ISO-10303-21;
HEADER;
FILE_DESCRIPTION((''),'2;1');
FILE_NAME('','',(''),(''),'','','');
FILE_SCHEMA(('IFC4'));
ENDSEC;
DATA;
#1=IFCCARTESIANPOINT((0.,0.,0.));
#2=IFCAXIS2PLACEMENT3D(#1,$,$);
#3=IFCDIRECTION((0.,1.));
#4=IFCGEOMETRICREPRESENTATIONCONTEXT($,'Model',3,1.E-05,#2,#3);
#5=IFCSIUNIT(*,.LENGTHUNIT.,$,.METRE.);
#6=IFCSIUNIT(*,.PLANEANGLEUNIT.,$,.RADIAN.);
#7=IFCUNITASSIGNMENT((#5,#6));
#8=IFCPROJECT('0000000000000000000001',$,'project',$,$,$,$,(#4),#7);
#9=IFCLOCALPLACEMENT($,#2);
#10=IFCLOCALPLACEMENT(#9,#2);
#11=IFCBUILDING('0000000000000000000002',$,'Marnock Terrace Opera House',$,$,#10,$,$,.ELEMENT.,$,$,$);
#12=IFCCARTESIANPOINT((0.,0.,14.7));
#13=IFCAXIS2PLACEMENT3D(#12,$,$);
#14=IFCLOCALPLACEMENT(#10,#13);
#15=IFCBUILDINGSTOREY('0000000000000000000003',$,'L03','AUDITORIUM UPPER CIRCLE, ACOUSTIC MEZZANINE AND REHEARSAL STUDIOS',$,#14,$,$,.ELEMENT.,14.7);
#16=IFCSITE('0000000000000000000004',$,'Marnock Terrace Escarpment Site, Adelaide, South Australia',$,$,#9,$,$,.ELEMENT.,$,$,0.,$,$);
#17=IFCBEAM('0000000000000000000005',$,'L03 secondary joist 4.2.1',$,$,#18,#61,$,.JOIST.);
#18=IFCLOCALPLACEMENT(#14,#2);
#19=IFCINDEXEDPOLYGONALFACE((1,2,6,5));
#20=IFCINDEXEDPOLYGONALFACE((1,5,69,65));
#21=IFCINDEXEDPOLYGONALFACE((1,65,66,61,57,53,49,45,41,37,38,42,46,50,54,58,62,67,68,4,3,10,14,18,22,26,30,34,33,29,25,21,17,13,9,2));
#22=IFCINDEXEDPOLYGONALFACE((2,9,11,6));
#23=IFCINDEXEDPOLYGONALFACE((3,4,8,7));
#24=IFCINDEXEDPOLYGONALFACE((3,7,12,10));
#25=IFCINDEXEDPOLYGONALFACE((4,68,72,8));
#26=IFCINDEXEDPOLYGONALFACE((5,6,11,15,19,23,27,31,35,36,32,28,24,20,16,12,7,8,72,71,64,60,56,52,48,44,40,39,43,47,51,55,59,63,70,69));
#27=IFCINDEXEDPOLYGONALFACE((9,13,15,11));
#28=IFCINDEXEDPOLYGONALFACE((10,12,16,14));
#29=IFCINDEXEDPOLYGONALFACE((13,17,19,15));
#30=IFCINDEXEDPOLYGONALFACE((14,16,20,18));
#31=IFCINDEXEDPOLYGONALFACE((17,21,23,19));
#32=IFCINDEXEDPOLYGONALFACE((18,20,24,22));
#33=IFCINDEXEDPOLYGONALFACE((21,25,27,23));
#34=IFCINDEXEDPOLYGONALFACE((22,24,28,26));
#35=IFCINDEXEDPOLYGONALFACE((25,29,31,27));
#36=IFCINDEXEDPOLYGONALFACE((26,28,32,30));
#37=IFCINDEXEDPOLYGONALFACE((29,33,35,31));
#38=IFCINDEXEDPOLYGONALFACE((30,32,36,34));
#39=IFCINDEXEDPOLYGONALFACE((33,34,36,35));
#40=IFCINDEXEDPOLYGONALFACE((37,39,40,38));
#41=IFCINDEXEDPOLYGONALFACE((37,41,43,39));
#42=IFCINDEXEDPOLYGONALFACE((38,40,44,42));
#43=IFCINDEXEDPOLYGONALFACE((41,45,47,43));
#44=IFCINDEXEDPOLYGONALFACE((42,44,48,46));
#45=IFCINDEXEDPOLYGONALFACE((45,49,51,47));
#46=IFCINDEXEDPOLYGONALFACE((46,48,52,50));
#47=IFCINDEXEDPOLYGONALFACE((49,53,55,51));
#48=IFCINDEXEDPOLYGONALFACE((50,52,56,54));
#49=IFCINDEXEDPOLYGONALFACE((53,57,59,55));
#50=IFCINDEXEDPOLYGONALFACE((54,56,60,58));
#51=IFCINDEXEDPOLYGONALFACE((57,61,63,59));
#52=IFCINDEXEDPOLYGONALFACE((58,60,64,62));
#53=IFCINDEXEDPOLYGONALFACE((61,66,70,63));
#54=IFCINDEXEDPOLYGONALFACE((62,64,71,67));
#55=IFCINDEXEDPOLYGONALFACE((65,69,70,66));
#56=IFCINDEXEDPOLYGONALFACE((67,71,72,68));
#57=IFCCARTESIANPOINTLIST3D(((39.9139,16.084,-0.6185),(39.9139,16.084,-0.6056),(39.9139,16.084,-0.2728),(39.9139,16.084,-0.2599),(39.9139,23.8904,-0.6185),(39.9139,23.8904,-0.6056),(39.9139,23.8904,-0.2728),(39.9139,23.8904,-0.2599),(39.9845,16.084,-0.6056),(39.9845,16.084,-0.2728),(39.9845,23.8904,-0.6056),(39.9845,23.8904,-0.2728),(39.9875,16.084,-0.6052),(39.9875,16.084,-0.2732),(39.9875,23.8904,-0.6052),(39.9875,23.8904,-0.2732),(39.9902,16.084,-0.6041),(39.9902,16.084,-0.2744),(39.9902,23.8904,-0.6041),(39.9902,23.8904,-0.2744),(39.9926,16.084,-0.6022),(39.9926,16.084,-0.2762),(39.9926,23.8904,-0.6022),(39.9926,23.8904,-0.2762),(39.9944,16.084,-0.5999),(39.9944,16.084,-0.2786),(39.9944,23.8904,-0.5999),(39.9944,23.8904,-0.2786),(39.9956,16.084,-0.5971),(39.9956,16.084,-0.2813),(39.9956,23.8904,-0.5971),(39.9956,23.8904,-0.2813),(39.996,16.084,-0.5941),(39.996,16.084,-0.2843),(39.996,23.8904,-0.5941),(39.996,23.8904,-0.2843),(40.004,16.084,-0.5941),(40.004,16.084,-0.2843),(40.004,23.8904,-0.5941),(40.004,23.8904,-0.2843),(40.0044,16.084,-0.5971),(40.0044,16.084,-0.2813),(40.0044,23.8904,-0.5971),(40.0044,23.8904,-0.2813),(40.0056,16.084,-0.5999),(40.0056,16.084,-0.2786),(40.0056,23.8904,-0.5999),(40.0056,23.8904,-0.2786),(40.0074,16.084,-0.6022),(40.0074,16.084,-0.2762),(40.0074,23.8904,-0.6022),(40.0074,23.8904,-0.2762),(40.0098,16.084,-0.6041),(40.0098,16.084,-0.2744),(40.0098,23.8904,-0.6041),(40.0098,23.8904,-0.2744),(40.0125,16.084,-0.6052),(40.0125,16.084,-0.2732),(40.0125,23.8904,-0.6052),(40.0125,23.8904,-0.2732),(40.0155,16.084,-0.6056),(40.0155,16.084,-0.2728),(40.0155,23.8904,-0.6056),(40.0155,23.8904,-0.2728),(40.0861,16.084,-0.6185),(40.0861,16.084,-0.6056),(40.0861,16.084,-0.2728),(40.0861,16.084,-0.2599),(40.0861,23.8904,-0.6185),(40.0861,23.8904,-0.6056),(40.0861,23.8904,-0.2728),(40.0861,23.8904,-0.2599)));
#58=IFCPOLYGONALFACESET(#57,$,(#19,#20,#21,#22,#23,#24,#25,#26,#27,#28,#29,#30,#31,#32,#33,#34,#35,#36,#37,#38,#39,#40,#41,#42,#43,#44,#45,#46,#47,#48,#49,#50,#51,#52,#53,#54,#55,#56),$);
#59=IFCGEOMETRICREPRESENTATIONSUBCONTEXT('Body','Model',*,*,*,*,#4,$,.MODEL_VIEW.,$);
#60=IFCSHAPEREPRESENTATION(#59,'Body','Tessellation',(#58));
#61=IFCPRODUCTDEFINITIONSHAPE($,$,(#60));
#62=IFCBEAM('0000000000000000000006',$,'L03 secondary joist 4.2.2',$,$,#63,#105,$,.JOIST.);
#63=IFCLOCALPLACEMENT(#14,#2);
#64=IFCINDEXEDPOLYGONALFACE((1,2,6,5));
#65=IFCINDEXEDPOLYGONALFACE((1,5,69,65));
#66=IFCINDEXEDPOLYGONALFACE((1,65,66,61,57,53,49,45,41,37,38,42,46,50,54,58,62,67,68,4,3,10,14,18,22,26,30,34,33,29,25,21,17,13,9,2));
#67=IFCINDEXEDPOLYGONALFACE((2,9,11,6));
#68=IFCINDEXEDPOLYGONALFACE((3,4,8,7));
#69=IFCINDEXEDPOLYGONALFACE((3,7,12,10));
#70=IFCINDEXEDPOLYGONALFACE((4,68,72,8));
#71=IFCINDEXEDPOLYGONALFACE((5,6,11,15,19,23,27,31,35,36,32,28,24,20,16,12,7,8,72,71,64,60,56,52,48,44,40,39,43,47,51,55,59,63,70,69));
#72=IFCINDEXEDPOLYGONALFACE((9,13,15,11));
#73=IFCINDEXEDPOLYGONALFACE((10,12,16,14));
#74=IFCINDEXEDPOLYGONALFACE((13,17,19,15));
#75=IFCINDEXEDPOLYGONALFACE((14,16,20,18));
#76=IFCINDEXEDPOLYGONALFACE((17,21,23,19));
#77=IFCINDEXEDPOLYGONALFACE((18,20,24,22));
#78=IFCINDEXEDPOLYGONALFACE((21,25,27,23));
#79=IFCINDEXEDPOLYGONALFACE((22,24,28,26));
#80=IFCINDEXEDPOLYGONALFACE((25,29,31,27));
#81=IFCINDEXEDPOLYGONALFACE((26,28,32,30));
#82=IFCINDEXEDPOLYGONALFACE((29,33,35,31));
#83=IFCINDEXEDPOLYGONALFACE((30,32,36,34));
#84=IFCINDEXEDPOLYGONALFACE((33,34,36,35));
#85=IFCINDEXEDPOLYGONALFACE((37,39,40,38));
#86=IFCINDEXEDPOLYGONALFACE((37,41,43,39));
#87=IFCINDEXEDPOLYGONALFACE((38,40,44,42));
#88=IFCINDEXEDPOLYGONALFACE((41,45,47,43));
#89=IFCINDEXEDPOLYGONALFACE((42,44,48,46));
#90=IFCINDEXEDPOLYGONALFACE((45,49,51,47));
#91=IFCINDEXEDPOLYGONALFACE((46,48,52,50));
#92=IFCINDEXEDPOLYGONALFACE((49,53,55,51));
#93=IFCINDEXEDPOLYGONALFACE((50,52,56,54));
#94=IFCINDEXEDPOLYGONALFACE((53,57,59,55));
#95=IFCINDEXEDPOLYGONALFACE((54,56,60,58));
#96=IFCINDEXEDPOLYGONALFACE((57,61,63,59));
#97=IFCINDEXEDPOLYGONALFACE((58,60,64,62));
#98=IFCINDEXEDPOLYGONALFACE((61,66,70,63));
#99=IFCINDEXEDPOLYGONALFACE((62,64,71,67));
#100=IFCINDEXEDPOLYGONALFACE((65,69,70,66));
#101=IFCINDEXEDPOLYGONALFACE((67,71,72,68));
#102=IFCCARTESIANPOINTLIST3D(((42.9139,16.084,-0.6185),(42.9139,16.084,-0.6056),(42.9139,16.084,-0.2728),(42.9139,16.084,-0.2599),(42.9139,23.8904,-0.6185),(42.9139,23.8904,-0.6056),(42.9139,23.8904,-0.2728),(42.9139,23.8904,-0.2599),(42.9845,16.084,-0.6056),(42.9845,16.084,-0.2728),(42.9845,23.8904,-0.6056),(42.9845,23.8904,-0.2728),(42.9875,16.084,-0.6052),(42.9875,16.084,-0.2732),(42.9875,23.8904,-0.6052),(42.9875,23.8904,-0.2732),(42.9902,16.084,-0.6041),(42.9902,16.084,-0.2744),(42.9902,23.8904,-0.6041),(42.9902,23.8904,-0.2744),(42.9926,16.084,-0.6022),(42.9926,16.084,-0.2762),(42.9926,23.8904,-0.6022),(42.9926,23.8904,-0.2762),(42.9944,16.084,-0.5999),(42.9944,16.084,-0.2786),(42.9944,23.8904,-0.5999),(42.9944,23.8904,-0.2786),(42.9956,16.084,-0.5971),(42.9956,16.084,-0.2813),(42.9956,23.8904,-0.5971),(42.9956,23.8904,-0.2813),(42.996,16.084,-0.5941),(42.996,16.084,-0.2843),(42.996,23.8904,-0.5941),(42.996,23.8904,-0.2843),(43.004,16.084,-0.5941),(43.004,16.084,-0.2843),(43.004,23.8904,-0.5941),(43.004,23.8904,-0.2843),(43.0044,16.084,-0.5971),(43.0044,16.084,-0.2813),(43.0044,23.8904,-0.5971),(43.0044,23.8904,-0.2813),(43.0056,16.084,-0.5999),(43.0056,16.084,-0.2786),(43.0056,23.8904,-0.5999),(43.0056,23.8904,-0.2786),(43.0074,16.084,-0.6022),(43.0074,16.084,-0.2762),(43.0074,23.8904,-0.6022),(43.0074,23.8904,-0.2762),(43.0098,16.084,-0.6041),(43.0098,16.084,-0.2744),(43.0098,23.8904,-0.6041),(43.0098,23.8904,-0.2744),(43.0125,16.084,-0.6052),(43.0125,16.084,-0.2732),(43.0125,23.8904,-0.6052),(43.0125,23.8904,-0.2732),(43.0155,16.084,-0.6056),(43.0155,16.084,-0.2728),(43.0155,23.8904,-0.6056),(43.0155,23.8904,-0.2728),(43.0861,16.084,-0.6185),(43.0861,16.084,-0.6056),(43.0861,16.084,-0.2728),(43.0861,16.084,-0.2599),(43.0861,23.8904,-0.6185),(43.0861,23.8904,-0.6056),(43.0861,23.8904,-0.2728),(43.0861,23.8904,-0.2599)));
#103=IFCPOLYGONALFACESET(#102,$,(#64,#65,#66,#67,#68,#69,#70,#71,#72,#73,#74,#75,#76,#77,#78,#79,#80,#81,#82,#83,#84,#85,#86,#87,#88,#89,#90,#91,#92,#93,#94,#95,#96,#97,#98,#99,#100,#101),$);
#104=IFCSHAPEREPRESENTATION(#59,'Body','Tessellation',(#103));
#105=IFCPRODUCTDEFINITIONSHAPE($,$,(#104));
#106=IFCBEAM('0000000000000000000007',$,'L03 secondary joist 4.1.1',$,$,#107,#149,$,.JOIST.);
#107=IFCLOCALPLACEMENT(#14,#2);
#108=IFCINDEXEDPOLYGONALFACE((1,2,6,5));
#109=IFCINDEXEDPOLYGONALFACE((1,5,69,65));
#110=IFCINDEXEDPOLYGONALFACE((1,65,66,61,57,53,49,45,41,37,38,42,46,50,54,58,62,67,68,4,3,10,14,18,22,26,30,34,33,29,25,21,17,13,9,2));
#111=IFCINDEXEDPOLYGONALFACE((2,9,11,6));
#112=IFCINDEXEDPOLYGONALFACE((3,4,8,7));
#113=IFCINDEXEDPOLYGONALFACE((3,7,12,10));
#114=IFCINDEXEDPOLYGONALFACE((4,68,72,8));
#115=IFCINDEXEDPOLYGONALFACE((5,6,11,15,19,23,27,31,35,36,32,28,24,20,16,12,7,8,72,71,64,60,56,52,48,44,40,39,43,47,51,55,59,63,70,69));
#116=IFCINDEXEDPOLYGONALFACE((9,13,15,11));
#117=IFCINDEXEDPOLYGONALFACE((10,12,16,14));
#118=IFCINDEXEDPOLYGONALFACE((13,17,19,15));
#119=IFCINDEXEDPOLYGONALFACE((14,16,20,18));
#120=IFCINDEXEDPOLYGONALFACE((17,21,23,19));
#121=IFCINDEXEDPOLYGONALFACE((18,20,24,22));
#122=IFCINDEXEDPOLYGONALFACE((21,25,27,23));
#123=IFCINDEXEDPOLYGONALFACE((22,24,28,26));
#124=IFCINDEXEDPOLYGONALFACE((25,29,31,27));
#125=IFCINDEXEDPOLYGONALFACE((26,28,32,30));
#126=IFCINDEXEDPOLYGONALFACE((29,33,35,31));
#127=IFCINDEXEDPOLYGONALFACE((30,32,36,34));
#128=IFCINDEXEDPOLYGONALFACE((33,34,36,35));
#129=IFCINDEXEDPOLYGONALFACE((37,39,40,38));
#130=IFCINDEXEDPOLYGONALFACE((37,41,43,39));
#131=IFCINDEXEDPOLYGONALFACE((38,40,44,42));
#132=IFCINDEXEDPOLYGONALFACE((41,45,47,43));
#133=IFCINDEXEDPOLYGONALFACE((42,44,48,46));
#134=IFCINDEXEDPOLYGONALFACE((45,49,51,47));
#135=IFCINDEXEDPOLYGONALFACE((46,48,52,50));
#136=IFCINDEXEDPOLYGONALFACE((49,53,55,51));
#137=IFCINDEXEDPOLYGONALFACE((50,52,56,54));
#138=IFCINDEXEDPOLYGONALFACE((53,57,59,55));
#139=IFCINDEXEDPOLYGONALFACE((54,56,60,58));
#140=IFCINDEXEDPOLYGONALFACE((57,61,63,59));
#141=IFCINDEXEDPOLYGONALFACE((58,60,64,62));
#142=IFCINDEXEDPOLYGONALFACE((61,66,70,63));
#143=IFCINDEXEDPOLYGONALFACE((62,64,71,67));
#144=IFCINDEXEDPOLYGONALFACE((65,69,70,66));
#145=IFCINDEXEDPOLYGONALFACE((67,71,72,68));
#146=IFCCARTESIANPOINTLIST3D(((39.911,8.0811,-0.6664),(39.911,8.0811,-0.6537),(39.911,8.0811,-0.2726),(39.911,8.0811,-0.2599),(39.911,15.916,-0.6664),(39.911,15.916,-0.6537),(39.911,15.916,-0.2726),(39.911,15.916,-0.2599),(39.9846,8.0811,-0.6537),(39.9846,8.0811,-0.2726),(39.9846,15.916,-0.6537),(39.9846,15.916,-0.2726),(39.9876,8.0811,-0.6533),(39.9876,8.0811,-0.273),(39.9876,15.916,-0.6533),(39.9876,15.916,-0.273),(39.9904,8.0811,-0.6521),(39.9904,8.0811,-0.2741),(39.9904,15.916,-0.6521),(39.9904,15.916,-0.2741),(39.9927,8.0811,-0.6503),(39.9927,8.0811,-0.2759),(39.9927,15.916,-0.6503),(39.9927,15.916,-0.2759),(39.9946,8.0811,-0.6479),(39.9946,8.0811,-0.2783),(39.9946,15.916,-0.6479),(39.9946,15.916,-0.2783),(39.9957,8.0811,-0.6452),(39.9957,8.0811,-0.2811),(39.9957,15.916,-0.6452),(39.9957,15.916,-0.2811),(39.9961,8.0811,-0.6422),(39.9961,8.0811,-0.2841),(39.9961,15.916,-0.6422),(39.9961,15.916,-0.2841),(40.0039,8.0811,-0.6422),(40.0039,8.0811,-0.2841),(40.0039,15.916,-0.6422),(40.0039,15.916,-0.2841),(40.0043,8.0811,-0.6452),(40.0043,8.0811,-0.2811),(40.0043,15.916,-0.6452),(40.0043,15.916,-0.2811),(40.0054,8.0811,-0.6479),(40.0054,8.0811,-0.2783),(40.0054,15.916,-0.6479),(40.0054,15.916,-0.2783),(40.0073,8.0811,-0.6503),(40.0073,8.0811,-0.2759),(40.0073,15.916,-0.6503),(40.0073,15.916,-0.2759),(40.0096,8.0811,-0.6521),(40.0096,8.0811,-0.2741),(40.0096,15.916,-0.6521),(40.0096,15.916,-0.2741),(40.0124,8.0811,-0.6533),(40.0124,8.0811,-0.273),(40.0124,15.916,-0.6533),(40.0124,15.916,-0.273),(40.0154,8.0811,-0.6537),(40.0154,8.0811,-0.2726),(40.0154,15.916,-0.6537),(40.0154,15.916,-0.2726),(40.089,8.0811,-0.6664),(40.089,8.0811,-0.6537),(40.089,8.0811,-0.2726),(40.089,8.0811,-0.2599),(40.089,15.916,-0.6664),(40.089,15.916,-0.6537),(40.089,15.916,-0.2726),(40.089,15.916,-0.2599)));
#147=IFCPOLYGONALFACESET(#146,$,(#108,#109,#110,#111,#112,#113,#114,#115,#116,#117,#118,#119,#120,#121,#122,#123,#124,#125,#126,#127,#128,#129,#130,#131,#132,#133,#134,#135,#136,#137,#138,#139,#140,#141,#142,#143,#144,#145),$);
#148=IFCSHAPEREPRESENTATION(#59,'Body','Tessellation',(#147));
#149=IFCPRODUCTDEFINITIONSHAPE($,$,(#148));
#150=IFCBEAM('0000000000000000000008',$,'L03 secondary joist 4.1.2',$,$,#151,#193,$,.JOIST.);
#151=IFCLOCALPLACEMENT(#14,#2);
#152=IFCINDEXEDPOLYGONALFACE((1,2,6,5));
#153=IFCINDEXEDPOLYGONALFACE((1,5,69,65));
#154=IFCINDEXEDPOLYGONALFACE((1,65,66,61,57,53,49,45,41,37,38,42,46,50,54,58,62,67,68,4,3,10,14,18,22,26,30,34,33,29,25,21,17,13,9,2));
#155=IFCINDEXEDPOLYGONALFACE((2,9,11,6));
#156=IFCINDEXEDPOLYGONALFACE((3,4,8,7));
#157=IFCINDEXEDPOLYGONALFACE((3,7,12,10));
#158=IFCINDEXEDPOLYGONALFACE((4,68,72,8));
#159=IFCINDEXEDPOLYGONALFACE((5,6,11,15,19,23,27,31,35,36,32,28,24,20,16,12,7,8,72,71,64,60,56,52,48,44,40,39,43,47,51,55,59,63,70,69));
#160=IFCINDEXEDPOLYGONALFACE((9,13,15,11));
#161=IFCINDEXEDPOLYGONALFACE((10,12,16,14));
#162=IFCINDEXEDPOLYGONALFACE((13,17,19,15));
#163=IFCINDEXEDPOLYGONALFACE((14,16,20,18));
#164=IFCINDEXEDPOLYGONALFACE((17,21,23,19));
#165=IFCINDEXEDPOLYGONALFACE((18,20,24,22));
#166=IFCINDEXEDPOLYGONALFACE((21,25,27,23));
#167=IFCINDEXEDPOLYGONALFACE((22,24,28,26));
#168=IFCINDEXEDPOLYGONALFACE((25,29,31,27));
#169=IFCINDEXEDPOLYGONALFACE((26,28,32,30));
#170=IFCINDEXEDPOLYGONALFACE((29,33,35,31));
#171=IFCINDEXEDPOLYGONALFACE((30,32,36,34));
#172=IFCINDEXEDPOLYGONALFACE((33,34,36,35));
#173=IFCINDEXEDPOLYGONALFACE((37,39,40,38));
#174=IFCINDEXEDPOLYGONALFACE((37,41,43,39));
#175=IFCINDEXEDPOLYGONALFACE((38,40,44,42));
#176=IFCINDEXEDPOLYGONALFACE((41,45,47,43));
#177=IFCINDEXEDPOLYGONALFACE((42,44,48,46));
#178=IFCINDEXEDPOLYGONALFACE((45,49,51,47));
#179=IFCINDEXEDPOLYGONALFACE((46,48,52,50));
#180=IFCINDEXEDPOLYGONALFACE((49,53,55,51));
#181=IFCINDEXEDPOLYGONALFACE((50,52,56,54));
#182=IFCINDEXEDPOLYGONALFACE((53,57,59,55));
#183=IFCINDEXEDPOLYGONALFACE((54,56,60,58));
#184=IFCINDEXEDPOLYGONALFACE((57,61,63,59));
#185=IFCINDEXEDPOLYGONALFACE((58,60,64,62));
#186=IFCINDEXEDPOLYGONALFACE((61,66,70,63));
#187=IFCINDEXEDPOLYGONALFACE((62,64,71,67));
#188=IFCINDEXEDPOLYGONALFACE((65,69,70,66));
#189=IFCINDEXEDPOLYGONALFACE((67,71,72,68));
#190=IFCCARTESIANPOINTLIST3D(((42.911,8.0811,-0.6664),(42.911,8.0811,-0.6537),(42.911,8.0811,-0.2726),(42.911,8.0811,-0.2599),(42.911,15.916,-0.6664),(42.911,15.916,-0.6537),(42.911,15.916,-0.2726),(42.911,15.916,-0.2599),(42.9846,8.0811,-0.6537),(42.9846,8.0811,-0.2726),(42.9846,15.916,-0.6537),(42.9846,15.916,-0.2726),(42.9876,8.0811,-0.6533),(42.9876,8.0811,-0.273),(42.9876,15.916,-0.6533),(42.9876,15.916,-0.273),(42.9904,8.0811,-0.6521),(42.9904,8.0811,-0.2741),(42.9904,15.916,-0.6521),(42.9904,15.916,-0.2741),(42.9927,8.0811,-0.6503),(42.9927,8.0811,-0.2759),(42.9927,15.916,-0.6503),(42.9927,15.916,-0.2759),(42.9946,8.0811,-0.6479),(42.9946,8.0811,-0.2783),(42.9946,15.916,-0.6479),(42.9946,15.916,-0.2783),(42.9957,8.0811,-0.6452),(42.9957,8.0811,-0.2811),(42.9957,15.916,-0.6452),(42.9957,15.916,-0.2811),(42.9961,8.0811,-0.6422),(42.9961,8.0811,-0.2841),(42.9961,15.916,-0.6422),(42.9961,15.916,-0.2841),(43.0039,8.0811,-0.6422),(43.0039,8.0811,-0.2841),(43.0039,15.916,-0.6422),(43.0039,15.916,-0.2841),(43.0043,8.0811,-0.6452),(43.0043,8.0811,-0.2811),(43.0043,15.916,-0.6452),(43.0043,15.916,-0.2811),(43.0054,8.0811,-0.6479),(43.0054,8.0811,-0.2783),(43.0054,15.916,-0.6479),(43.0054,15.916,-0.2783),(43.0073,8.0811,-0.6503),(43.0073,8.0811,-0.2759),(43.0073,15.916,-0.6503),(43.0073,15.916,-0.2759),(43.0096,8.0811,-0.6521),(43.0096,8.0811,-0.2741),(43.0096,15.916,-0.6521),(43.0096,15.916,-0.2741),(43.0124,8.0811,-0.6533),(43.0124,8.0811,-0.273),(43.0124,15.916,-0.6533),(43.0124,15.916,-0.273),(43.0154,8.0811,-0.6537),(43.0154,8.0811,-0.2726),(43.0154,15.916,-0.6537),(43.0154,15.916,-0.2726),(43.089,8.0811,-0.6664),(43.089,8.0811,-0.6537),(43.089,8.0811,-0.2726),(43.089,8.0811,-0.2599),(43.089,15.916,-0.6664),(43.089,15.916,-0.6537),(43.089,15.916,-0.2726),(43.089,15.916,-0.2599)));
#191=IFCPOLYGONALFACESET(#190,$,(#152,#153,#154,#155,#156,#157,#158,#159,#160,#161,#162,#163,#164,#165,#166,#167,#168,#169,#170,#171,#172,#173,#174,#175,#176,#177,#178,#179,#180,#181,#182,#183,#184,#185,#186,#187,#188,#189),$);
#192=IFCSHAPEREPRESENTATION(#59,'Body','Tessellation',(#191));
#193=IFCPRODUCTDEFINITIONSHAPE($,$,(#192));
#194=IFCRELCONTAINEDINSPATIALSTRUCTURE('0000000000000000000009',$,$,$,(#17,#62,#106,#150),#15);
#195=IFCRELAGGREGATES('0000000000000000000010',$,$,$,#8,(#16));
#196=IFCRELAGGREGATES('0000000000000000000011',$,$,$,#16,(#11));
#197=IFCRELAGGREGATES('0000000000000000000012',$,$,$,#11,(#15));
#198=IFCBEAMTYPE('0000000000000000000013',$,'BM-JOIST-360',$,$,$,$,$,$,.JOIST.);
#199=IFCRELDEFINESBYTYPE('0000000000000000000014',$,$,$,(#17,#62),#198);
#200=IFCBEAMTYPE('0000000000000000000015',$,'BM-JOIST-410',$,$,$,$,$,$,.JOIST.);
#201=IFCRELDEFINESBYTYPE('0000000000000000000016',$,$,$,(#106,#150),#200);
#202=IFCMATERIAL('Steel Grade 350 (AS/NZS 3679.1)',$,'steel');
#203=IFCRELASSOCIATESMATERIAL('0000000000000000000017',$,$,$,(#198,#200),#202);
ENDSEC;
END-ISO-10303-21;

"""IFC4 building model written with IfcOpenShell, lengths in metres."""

from ifc_helpers import new_model, si_unit, direction, frame, origin, origin_2d, place, context, subcontext, project, spatial, i_section, extrude, material, material_profile, profile_set, type_object, element, save


model = new_model("IFC4")

# Units and contexts
model_context = context("Model", 3, precision=1e-05, world=origin(), true_north=direction((0.0, 1.0)))
body_context = subcontext(model_context, "Body", "Model", "MODEL_VIEW")
ifc_project = project(units=[si_unit("LENGTHUNIT", "METRE"), si_unit("PLANEANGLEUNIT", "RADIAN")], contexts=[model_context])

# Site, building, storey
site_placement = place(None, origin())
site = spatial("IfcSite", under=ifc_project, at=site_placement, Name="Marnock Terrace Escarpment Site, Adelaide, South Australia", CompositionType="ELEMENT", RefElevation=0.0)
building_placement = place(site_placement, origin())
building = spatial("IfcBuilding", under=site, at=building_placement, Name="Marnock Terrace Opera House", CompositionType="ELEMENT")
storey_placement = place(building_placement, frame((0.0, 0.0, 14.7)))
storey = spatial("IfcBuildingStorey", under=building, at=storey_placement, Name="L03", Description="AUDITORIUM UPPER CIRCLE, ACOUSTIC MEZZANINE AND REHEARSAL STUDIOS", CompositionType="ELEMENT", Elevation=14.7)

# Beams
ifc_material_1 = material(Name="Steel Grade 350 (AS/NZS 3679.1)", Category="steel")
ifc_material_profile_1 = material_profile(ifc_material_1, i_section(OverallWidth=0.1721, OverallDepth=0.3586, WebThickness=0.0081, FlangeThickness=0.0129, FilletRadius=0.0115, at=origin_2d()))
ifc_profile_set_1 = profile_set([ifc_material_profile_1], Name="Steel Grade 350 (AS/NZS 3679.1)")
beam_type_1 = type_object("IfcBeamType", Name="BM-JOIST-360", PredefinedType="JOIST", material=ifc_profile_set_1)
for number, where, z_axis, x_axis, name in (
    (1, (40.0, 16.084, -0.4392), (0.0, 1.0, 0.0), (-1.0, 0.0, 0.0), "L03 secondary joist 4.2.1"),
    (2, (43.0, 16.084, -0.4392), (0.0, 1.0, 0.0), (-1.0, 0.0, 0.0), "L03 secondary joist 4.2.2"),
):
    element("IfcBeam", number, at=place(storey_placement, frame(where, z_axis=z_axis, x_axis=x_axis)), inside=storey, type_object=beam_type_1, Name=name, PredefinedType="JOIST", context=body_context, shape_type="SweptSolid", body=[
        extrude(i_section(OverallWidth=0.1721, OverallDepth=0.3586, WebThickness=0.0081, FlangeThickness=0.0129, FilletRadius=0.0115, at=origin_2d()), origin(), (0.0, 0.0, 1.0), 7.8064),
    ])
ifc_material_profile_2 = material_profile(ifc_material_1, i_section(OverallWidth=0.178, OverallDepth=0.4065, WebThickness=0.0078, FlangeThickness=0.0127, FilletRadius=0.0115, at=origin_2d()))
ifc_profile_set_2 = profile_set([ifc_material_profile_2], Name="Steel Grade 350 (AS/NZS 3679.1)")
beam_type_2 = type_object("IfcBeamType", Name="BM-JOIST-410", PredefinedType="JOIST", material=ifc_profile_set_2)
for number, where, z_axis, x_axis, name in (
    (3, (40.0, 8.0811, -0.4631), (0.0, 1.0, 0.0), (-1.0, 0.0, 0.0), "L03 secondary joist 4.1.1"),
    (4, (43.0, 8.0811, -0.4631), (0.0, 1.0, 0.0), (-1.0, 0.0, 0.0), "L03 secondary joist 4.1.2"),
):
    element("IfcBeam", number, at=place(storey_placement, frame(where, z_axis=z_axis, x_axis=x_axis)), inside=storey, type_object=beam_type_2, Name=name, PredefinedType="JOIST", context=body_context, shape_type="SweptSolid", body=[
        extrude(i_section(OverallWidth=0.178, OverallDepth=0.4065, WebThickness=0.0078, FlangeThickness=0.0127, FilletRadius=0.0115, at=origin_2d()), origin(), (0.0, 0.0, 1.0), 7.835),
    ])

save(model, "model.ifc")
